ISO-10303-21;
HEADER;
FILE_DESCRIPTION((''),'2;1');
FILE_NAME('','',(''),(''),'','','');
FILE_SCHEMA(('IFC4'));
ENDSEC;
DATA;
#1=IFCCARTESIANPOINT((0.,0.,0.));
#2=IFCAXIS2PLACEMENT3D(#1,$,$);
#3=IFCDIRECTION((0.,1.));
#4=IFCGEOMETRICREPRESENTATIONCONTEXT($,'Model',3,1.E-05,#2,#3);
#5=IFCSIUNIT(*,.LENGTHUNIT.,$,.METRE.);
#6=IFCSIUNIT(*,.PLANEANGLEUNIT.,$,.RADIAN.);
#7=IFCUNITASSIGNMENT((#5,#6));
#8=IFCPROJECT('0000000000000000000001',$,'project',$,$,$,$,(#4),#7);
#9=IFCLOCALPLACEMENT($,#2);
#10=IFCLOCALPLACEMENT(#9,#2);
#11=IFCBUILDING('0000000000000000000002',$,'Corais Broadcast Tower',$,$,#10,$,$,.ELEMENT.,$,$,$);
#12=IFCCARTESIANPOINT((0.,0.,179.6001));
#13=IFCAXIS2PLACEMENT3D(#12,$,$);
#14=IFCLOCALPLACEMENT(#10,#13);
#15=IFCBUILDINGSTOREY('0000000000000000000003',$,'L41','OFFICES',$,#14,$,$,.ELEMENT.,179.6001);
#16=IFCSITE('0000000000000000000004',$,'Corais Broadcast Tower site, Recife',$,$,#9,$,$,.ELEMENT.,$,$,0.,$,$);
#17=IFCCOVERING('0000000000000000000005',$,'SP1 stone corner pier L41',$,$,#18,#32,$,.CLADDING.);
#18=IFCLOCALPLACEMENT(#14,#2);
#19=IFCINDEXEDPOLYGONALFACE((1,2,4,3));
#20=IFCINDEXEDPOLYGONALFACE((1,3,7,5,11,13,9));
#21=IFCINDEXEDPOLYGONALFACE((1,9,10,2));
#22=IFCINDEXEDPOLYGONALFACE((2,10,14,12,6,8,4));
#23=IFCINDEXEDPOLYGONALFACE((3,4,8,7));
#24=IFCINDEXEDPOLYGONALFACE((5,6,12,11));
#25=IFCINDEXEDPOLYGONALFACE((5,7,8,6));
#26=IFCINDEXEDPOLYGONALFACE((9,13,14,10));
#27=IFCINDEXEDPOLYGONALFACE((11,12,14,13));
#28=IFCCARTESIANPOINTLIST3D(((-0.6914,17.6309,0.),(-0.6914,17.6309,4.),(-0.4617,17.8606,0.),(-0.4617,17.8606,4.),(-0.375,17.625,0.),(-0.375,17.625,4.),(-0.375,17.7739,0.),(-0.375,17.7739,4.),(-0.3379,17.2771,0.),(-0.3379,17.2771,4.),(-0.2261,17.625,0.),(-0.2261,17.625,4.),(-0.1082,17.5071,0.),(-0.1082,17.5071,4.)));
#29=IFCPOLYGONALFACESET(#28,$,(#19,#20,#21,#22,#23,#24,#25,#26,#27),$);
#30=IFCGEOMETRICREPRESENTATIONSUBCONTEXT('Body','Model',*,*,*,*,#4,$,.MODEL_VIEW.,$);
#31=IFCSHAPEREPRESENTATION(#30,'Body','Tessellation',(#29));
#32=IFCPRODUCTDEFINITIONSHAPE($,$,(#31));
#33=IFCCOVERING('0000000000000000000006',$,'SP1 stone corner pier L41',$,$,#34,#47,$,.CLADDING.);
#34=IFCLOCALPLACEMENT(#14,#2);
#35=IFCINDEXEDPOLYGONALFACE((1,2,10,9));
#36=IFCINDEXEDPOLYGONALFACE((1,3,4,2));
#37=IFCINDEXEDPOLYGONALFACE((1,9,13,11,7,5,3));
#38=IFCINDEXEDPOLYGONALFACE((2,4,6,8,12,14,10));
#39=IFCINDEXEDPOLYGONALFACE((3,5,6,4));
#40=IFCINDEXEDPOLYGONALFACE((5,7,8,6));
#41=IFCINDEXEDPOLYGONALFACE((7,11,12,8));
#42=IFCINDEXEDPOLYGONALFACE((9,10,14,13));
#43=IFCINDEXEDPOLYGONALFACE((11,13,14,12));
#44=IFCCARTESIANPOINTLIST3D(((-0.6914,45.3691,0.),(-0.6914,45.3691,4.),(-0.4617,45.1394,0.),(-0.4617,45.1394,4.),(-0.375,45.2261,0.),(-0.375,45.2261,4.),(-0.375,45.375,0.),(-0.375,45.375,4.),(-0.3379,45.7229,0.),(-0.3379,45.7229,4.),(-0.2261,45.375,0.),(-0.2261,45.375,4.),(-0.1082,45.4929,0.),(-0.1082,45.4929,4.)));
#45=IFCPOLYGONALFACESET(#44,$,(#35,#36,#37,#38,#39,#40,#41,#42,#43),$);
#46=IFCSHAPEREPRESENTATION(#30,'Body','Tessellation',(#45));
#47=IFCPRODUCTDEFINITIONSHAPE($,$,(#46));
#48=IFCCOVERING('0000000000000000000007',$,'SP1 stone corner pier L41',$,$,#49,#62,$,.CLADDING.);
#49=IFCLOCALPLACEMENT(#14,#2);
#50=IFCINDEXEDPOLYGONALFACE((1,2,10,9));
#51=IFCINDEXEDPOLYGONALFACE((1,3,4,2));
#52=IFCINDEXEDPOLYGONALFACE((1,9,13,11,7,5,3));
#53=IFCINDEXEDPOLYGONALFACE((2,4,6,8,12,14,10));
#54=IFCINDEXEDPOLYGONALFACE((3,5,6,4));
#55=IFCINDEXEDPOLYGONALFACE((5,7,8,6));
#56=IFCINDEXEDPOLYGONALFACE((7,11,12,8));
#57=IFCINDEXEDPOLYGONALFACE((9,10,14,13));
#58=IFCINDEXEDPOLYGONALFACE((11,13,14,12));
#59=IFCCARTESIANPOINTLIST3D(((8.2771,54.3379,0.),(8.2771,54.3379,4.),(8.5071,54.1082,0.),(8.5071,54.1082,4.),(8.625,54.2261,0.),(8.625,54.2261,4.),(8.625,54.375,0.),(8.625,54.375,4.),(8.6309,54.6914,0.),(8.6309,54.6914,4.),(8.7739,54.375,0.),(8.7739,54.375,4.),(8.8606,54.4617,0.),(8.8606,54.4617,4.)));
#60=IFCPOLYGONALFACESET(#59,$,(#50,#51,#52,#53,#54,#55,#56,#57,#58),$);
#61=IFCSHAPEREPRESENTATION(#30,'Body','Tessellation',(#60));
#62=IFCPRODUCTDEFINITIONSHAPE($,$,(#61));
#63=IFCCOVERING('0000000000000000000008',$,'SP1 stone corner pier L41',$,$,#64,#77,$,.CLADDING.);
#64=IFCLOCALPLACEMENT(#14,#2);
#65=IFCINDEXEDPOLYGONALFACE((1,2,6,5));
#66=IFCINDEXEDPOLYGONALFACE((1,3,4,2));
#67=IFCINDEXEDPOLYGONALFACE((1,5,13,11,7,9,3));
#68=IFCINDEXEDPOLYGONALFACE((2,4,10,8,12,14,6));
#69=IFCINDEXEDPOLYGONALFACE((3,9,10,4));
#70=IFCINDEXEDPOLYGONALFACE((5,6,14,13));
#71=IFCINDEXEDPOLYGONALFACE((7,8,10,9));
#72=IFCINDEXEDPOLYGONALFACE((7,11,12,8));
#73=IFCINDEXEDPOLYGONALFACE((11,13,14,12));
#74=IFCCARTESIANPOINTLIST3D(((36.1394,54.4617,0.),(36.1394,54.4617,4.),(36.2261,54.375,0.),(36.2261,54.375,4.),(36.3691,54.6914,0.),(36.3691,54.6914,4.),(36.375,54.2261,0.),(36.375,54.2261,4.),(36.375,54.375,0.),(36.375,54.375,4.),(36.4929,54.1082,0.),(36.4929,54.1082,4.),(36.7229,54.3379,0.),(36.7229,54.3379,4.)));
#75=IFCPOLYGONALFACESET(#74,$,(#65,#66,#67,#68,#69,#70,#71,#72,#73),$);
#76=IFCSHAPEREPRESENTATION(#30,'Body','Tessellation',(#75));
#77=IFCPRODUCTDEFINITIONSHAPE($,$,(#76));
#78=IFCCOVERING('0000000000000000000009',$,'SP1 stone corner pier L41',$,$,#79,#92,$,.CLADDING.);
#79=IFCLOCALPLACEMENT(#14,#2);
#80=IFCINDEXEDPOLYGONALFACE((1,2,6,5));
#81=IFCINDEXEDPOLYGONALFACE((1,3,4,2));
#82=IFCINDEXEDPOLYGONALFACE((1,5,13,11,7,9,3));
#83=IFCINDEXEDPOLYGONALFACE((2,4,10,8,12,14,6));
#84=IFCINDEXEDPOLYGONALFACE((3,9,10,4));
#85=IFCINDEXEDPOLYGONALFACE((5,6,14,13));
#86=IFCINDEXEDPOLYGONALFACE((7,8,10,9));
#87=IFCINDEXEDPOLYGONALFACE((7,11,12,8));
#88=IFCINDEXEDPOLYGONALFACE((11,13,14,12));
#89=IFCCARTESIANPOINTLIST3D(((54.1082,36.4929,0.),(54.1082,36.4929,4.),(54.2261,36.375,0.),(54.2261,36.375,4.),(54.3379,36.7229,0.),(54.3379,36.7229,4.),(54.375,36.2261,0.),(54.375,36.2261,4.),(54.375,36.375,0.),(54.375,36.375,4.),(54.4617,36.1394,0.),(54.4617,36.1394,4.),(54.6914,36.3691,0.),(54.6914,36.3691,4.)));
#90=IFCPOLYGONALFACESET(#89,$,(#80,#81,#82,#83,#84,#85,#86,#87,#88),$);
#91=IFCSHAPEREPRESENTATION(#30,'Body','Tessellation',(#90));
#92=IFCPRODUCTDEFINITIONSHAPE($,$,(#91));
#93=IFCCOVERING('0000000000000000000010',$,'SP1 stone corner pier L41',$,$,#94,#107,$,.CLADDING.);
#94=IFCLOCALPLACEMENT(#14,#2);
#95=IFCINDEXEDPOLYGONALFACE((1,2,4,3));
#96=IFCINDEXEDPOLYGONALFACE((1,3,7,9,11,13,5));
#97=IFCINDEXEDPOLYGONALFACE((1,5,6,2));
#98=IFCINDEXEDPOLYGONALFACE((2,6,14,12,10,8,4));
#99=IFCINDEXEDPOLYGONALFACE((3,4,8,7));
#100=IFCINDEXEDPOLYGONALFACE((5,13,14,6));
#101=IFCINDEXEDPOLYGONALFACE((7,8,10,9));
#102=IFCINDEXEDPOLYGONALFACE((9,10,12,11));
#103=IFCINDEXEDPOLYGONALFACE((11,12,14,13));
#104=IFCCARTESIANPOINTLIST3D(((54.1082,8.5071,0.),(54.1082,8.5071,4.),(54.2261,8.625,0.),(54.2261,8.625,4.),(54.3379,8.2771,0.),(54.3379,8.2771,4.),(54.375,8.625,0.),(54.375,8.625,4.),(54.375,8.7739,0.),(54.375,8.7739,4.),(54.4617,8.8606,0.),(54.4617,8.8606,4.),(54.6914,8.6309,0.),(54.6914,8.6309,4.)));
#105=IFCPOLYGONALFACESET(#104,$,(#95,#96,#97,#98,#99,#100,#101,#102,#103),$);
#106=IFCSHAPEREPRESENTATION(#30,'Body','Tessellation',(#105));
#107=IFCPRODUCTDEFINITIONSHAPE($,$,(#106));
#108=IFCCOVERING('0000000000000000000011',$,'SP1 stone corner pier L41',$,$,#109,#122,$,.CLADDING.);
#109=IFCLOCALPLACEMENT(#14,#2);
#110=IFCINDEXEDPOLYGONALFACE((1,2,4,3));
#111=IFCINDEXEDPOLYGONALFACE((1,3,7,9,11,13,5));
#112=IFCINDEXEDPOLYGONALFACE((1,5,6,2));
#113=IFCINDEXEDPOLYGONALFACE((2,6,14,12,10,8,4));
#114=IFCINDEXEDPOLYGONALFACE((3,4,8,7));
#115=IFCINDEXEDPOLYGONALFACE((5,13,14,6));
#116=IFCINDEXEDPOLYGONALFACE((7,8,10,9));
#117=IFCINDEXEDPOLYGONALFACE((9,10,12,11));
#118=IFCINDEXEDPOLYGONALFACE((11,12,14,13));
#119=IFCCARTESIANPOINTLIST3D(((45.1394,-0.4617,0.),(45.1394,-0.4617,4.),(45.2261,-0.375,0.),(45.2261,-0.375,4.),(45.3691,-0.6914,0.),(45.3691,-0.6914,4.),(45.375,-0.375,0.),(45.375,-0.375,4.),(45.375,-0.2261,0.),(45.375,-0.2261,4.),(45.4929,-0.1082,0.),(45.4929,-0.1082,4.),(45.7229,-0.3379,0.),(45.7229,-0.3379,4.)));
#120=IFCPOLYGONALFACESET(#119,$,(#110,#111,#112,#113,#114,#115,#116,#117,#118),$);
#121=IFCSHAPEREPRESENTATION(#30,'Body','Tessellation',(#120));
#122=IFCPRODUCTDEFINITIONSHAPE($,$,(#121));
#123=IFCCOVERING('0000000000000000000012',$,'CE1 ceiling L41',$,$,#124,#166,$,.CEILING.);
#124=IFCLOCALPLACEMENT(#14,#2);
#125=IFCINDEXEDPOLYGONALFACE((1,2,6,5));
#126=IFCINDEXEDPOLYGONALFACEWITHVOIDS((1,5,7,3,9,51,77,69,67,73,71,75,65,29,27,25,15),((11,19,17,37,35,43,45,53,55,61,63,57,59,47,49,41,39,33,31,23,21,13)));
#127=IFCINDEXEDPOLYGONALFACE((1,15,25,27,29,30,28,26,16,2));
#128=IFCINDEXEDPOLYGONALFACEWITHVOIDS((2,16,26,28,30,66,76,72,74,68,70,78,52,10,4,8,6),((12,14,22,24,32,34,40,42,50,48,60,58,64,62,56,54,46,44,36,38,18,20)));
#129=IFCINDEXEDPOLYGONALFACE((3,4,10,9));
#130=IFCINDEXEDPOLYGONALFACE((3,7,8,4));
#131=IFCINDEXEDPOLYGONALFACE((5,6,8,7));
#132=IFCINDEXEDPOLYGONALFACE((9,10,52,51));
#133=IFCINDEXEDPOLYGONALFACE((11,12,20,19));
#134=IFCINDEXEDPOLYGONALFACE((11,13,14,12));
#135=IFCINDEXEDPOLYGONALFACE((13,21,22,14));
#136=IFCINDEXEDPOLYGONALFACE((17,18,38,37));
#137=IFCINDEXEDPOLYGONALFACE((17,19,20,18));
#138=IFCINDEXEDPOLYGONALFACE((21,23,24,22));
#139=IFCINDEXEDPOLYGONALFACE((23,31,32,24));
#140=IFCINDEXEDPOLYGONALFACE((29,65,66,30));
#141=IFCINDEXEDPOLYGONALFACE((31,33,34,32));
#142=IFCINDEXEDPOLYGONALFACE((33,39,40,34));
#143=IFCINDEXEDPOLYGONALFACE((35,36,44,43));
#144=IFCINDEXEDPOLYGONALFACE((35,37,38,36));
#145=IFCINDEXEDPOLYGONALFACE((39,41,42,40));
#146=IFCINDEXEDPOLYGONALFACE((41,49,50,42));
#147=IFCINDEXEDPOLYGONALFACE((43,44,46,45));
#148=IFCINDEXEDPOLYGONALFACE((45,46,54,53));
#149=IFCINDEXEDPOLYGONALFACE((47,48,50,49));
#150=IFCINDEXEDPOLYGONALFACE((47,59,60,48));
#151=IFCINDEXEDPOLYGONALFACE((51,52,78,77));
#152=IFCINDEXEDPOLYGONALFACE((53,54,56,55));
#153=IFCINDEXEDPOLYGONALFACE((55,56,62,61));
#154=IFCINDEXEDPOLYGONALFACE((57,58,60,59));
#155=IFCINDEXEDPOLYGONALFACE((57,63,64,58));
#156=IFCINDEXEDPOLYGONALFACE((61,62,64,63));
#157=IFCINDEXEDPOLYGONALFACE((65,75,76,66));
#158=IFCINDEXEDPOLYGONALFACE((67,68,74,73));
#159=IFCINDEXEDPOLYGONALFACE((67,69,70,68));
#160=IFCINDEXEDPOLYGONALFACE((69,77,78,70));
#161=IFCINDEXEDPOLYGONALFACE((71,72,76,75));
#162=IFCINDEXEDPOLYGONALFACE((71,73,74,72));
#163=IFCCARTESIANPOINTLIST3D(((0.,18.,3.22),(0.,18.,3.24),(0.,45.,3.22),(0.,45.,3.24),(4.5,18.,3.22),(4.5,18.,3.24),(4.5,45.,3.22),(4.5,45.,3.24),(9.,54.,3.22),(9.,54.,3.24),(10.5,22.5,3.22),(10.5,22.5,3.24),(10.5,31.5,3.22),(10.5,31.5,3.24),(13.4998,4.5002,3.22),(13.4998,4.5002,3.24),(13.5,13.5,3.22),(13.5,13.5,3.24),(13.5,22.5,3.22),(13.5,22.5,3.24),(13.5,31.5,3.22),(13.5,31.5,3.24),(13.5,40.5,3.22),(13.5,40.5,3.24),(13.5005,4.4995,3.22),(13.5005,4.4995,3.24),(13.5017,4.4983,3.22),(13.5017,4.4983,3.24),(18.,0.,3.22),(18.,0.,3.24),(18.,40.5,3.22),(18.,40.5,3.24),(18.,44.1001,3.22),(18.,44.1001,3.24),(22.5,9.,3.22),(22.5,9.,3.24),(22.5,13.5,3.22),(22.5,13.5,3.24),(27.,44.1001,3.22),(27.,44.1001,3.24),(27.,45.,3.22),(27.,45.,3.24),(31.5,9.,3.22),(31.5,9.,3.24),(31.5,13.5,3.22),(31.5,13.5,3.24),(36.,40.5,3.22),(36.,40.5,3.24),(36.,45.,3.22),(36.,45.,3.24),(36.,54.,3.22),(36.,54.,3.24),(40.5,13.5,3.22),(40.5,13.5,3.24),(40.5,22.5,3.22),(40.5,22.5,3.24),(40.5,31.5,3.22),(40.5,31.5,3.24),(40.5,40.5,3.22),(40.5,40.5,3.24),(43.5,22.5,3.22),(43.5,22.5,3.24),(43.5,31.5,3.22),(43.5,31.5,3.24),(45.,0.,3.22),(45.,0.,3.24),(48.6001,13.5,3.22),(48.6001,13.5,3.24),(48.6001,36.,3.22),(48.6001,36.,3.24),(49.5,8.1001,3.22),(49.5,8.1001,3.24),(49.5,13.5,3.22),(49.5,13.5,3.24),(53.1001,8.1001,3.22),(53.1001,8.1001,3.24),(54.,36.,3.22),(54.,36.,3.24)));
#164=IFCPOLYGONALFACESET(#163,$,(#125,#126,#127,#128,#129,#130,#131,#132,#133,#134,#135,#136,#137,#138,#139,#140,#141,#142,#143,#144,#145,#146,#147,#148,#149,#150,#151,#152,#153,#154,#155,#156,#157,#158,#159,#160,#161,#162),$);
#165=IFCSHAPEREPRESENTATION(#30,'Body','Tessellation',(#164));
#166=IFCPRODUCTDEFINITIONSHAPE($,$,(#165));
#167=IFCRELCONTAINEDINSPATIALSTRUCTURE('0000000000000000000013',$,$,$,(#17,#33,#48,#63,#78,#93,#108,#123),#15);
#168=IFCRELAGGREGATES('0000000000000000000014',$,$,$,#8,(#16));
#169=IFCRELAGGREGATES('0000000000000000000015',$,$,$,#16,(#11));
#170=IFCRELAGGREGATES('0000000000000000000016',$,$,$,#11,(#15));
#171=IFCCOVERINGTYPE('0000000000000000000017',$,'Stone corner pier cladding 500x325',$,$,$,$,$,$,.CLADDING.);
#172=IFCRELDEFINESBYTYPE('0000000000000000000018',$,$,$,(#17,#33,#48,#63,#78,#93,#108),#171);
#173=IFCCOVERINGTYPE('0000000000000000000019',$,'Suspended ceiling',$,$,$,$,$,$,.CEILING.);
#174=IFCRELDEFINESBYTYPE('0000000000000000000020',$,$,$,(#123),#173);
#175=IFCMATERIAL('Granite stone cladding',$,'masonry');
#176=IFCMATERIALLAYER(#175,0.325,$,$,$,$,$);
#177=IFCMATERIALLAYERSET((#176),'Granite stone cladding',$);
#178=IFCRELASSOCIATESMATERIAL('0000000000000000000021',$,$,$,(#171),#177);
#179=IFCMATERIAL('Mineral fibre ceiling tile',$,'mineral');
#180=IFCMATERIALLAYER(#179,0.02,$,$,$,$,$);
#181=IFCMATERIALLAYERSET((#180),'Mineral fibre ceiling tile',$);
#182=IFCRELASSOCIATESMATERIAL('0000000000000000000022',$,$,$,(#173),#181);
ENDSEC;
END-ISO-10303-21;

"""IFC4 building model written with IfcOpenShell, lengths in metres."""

from ifc_helpers import new_model, si_unit, direction, frame, origin, place, context, subcontext, project, spatial, polyline, outline, extrude, material, layer, layer_set, type_object, element, save


model = new_model("IFC4")

# Units and contexts
model_context = context("Model", 3, precision=1e-05, world=origin(), true_north=direction((0.0, 1.0)))
body_context = subcontext(model_context, "Body", "Model", "MODEL_VIEW")
ifc_project = project(units=[si_unit("LENGTHUNIT", "METRE"), si_unit("PLANEANGLEUNIT", "RADIAN")], contexts=[model_context])

# Site, building, storey
site_placement = place(None, origin())
site = spatial("IfcSite", under=ifc_project, at=site_placement, Name="Corais Broadcast Tower site, Recife", CompositionType="ELEMENT", RefElevation=0.0)
building_placement = place(site_placement, origin())
building = spatial("IfcBuilding", under=site, at=building_placement, Name="Corais Broadcast Tower", CompositionType="ELEMENT")
storey_placement = place(building_placement, frame((0.0, 0.0, 179.6001)))
storey = spatial("IfcBuildingStorey", under=building, at=storey_placement, Name="L41", Description="OFFICES", CompositionType="ELEMENT", Elevation=179.6001)

# Coverings
ifc_material_1 = material(Name="Granite stone cladding", Category="masonry")
ifc_layer_1 = layer(ifc_material_1, 0.325)
ifc_layer_set_1 = layer_set([ifc_layer_1], Name="Granite stone cladding")
covering_type_1 = type_object("IfcCoveringType", Name="Stone corner pier cladding 500x325", PredefinedType="CLADDING", material=ifc_layer_set_1)
covering_1_placement = place(storey_placement, origin())
element("IfcCovering", 1, at=covering_1_placement, inside=storey, type_object=covering_type_1, Name="SP1 stone corner pier L41", PredefinedType="CLADDING", context=body_context, shape_type="SweptSolid", body=[
    extrude(outline(polyline([(-0.375, 17.7739), (-0.4617, 17.8606), (-0.6914, 17.6309), (-0.3379, 17.2771), (-0.1082, 17.5071), (-0.2261, 17.625), (-0.375, 17.625), (-0.375, 17.7739)])), origin(), (0.0, 0.0, 1.0), 4.0),
])
covering_2_placement = place(storey_placement, origin())
element("IfcCovering", 2, at=covering_2_placement, inside=storey, type_object=covering_type_1, Name="SP1 stone corner pier L41", PredefinedType="CLADDING", context=body_context, shape_type="SweptSolid", body=[
    extrude(outline(polyline([(-0.4617, 45.1394), (-0.375, 45.2261), (-0.375, 45.375), (-0.2261, 45.375), (-0.1082, 45.4929), (-0.3379, 45.7229), (-0.6914, 45.3691), (-0.4617, 45.1394)])), origin(), (0.0, 0.0, 1.0), 4.0),
])
covering_3_placement = place(storey_placement, origin())
element("IfcCovering", 3, at=covering_3_placement, inside=storey, type_object=covering_type_1, Name="SP1 stone corner pier L41", PredefinedType="CLADDING", context=body_context, shape_type="SweptSolid", body=[
    extrude(outline(polyline([(8.7739, 54.375), (8.8606, 54.4617), (8.6309, 54.6914), (8.2771, 54.3379), (8.5071, 54.1082), (8.625, 54.2261), (8.625, 54.375), (8.7739, 54.375)])), origin(), (0.0, 0.0, 1.0), 4.0),
])
covering_4_placement = place(storey_placement, origin())
element("IfcCovering", 4, at=covering_4_placement, inside=storey, type_object=covering_type_1, Name="SP1 stone corner pier L41", PredefinedType="CLADDING", context=body_context, shape_type="SweptSolid", body=[
    extrude(outline(polyline([(36.1394, 54.4617), (36.2261, 54.375), (36.375, 54.375), (36.375, 54.2261), (36.4929, 54.1082), (36.7229, 54.3379), (36.3691, 54.6914), (36.1394, 54.4617)])), origin(), (0.0, 0.0, 1.0), 4.0),
])
covering_5_placement = place(storey_placement, origin())
element("IfcCovering", 5, at=covering_5_placement, inside=storey, type_object=covering_type_1, Name="SP1 stone corner pier L41", PredefinedType="CLADDING", context=body_context, shape_type="SweptSolid", body=[
    extrude(outline(polyline([(54.375, 36.2261), (54.4617, 36.1394), (54.6914, 36.3691), (54.3379, 36.7229), (54.1082, 36.4929), (54.2261, 36.375), (54.375, 36.375), (54.375, 36.2261)])), origin(), (0.0, 0.0, 1.0), 4.0),
])
covering_6_placement = place(storey_placement, origin())
element("IfcCovering", 6, at=covering_6_placement, inside=storey, type_object=covering_type_1, Name="SP1 stone corner pier L41", PredefinedType="CLADDING", context=body_context, shape_type="SweptSolid", body=[
    extrude(outline(polyline([(54.4617, 8.8606), (54.375, 8.7739), (54.375, 8.625), (54.2261, 8.625), (54.1082, 8.5071), (54.3379, 8.2771), (54.6914, 8.6309), (54.4617, 8.8606)])), origin(), (0.0, 0.0, 1.0), 4.0),
])
covering_7_placement = place(storey_placement, origin())
element("IfcCovering", 7, at=covering_7_placement, inside=storey, type_object=covering_type_1, Name="SP1 stone corner pier L41", PredefinedType="CLADDING", context=body_context, shape_type="SweptSolid", body=[
    extrude(outline(polyline([(45.2261, -0.375), (45.1394, -0.4617), (45.3691, -0.6914), (45.7229, -0.3379), (45.4929, -0.1082), (45.375, -0.2261), (45.375, -0.375), (45.2261, -0.375)])), origin(), (0.0, 0.0, 1.0), 4.0),
])
ifc_material_2 = material(Name="Mineral fibre ceiling tile", Category="mineral")
ifc_layer_2 = layer(ifc_material_2, 0.02)
ifc_layer_set_2 = layer_set([ifc_layer_2], Name="Mineral fibre ceiling tile")
covering_type_2 = type_object("IfcCoveringType", Name="Suspended ceiling", PredefinedType="CEILING", material=ifc_layer_set_2)
covering_8_placement = place(storey_placement, frame((0.0, 0.0, 3.22)))
element("IfcCovering", 8, at=covering_8_placement, inside=storey, type_object=covering_type_2, Name="CE1 ceiling L41", PredefinedType="CEILING", context=body_context, shape_type="SweptSolid", body=[
    extrude(outline(polyline([(48.6001, 13.5), (49.5, 13.5), (49.5, 8.1001), (53.1001, 8.1001), (45.0, 0.0), (18.0, 0.0), (13.5017, 4.4983), (13.5005, 4.4995), (13.4998, 4.5002), (0.0, 18.0), (4.5, 18.0), (4.5, 45.0), (0.0, 45.0), (9.0, 54.0), (36.0, 54.0), (54.0, 36.0), (48.6001, 36.0), (48.6001, 13.5)]), holes=[polyline([(13.5, 31.5), (10.5, 31.5), (10.5, 22.5), (13.5, 22.5), (13.5, 13.5), (22.5, 13.5), (22.5, 9.0), (31.5, 9.0), (31.5, 13.5), (40.5, 13.5), (40.5, 22.5), (43.5, 22.5), (43.5, 31.5), (40.5, 31.5), (40.5, 40.5), (36.0, 40.5), (36.0, 45.0), (27.0, 45.0), (27.0, 44.1001), (18.0, 44.1001), (18.0, 40.5), (13.5, 40.5), (13.5, 31.5)])]), origin(), (0.0, 0.0, 1.0), 0.02),
])

save(model, "model.ifc")
